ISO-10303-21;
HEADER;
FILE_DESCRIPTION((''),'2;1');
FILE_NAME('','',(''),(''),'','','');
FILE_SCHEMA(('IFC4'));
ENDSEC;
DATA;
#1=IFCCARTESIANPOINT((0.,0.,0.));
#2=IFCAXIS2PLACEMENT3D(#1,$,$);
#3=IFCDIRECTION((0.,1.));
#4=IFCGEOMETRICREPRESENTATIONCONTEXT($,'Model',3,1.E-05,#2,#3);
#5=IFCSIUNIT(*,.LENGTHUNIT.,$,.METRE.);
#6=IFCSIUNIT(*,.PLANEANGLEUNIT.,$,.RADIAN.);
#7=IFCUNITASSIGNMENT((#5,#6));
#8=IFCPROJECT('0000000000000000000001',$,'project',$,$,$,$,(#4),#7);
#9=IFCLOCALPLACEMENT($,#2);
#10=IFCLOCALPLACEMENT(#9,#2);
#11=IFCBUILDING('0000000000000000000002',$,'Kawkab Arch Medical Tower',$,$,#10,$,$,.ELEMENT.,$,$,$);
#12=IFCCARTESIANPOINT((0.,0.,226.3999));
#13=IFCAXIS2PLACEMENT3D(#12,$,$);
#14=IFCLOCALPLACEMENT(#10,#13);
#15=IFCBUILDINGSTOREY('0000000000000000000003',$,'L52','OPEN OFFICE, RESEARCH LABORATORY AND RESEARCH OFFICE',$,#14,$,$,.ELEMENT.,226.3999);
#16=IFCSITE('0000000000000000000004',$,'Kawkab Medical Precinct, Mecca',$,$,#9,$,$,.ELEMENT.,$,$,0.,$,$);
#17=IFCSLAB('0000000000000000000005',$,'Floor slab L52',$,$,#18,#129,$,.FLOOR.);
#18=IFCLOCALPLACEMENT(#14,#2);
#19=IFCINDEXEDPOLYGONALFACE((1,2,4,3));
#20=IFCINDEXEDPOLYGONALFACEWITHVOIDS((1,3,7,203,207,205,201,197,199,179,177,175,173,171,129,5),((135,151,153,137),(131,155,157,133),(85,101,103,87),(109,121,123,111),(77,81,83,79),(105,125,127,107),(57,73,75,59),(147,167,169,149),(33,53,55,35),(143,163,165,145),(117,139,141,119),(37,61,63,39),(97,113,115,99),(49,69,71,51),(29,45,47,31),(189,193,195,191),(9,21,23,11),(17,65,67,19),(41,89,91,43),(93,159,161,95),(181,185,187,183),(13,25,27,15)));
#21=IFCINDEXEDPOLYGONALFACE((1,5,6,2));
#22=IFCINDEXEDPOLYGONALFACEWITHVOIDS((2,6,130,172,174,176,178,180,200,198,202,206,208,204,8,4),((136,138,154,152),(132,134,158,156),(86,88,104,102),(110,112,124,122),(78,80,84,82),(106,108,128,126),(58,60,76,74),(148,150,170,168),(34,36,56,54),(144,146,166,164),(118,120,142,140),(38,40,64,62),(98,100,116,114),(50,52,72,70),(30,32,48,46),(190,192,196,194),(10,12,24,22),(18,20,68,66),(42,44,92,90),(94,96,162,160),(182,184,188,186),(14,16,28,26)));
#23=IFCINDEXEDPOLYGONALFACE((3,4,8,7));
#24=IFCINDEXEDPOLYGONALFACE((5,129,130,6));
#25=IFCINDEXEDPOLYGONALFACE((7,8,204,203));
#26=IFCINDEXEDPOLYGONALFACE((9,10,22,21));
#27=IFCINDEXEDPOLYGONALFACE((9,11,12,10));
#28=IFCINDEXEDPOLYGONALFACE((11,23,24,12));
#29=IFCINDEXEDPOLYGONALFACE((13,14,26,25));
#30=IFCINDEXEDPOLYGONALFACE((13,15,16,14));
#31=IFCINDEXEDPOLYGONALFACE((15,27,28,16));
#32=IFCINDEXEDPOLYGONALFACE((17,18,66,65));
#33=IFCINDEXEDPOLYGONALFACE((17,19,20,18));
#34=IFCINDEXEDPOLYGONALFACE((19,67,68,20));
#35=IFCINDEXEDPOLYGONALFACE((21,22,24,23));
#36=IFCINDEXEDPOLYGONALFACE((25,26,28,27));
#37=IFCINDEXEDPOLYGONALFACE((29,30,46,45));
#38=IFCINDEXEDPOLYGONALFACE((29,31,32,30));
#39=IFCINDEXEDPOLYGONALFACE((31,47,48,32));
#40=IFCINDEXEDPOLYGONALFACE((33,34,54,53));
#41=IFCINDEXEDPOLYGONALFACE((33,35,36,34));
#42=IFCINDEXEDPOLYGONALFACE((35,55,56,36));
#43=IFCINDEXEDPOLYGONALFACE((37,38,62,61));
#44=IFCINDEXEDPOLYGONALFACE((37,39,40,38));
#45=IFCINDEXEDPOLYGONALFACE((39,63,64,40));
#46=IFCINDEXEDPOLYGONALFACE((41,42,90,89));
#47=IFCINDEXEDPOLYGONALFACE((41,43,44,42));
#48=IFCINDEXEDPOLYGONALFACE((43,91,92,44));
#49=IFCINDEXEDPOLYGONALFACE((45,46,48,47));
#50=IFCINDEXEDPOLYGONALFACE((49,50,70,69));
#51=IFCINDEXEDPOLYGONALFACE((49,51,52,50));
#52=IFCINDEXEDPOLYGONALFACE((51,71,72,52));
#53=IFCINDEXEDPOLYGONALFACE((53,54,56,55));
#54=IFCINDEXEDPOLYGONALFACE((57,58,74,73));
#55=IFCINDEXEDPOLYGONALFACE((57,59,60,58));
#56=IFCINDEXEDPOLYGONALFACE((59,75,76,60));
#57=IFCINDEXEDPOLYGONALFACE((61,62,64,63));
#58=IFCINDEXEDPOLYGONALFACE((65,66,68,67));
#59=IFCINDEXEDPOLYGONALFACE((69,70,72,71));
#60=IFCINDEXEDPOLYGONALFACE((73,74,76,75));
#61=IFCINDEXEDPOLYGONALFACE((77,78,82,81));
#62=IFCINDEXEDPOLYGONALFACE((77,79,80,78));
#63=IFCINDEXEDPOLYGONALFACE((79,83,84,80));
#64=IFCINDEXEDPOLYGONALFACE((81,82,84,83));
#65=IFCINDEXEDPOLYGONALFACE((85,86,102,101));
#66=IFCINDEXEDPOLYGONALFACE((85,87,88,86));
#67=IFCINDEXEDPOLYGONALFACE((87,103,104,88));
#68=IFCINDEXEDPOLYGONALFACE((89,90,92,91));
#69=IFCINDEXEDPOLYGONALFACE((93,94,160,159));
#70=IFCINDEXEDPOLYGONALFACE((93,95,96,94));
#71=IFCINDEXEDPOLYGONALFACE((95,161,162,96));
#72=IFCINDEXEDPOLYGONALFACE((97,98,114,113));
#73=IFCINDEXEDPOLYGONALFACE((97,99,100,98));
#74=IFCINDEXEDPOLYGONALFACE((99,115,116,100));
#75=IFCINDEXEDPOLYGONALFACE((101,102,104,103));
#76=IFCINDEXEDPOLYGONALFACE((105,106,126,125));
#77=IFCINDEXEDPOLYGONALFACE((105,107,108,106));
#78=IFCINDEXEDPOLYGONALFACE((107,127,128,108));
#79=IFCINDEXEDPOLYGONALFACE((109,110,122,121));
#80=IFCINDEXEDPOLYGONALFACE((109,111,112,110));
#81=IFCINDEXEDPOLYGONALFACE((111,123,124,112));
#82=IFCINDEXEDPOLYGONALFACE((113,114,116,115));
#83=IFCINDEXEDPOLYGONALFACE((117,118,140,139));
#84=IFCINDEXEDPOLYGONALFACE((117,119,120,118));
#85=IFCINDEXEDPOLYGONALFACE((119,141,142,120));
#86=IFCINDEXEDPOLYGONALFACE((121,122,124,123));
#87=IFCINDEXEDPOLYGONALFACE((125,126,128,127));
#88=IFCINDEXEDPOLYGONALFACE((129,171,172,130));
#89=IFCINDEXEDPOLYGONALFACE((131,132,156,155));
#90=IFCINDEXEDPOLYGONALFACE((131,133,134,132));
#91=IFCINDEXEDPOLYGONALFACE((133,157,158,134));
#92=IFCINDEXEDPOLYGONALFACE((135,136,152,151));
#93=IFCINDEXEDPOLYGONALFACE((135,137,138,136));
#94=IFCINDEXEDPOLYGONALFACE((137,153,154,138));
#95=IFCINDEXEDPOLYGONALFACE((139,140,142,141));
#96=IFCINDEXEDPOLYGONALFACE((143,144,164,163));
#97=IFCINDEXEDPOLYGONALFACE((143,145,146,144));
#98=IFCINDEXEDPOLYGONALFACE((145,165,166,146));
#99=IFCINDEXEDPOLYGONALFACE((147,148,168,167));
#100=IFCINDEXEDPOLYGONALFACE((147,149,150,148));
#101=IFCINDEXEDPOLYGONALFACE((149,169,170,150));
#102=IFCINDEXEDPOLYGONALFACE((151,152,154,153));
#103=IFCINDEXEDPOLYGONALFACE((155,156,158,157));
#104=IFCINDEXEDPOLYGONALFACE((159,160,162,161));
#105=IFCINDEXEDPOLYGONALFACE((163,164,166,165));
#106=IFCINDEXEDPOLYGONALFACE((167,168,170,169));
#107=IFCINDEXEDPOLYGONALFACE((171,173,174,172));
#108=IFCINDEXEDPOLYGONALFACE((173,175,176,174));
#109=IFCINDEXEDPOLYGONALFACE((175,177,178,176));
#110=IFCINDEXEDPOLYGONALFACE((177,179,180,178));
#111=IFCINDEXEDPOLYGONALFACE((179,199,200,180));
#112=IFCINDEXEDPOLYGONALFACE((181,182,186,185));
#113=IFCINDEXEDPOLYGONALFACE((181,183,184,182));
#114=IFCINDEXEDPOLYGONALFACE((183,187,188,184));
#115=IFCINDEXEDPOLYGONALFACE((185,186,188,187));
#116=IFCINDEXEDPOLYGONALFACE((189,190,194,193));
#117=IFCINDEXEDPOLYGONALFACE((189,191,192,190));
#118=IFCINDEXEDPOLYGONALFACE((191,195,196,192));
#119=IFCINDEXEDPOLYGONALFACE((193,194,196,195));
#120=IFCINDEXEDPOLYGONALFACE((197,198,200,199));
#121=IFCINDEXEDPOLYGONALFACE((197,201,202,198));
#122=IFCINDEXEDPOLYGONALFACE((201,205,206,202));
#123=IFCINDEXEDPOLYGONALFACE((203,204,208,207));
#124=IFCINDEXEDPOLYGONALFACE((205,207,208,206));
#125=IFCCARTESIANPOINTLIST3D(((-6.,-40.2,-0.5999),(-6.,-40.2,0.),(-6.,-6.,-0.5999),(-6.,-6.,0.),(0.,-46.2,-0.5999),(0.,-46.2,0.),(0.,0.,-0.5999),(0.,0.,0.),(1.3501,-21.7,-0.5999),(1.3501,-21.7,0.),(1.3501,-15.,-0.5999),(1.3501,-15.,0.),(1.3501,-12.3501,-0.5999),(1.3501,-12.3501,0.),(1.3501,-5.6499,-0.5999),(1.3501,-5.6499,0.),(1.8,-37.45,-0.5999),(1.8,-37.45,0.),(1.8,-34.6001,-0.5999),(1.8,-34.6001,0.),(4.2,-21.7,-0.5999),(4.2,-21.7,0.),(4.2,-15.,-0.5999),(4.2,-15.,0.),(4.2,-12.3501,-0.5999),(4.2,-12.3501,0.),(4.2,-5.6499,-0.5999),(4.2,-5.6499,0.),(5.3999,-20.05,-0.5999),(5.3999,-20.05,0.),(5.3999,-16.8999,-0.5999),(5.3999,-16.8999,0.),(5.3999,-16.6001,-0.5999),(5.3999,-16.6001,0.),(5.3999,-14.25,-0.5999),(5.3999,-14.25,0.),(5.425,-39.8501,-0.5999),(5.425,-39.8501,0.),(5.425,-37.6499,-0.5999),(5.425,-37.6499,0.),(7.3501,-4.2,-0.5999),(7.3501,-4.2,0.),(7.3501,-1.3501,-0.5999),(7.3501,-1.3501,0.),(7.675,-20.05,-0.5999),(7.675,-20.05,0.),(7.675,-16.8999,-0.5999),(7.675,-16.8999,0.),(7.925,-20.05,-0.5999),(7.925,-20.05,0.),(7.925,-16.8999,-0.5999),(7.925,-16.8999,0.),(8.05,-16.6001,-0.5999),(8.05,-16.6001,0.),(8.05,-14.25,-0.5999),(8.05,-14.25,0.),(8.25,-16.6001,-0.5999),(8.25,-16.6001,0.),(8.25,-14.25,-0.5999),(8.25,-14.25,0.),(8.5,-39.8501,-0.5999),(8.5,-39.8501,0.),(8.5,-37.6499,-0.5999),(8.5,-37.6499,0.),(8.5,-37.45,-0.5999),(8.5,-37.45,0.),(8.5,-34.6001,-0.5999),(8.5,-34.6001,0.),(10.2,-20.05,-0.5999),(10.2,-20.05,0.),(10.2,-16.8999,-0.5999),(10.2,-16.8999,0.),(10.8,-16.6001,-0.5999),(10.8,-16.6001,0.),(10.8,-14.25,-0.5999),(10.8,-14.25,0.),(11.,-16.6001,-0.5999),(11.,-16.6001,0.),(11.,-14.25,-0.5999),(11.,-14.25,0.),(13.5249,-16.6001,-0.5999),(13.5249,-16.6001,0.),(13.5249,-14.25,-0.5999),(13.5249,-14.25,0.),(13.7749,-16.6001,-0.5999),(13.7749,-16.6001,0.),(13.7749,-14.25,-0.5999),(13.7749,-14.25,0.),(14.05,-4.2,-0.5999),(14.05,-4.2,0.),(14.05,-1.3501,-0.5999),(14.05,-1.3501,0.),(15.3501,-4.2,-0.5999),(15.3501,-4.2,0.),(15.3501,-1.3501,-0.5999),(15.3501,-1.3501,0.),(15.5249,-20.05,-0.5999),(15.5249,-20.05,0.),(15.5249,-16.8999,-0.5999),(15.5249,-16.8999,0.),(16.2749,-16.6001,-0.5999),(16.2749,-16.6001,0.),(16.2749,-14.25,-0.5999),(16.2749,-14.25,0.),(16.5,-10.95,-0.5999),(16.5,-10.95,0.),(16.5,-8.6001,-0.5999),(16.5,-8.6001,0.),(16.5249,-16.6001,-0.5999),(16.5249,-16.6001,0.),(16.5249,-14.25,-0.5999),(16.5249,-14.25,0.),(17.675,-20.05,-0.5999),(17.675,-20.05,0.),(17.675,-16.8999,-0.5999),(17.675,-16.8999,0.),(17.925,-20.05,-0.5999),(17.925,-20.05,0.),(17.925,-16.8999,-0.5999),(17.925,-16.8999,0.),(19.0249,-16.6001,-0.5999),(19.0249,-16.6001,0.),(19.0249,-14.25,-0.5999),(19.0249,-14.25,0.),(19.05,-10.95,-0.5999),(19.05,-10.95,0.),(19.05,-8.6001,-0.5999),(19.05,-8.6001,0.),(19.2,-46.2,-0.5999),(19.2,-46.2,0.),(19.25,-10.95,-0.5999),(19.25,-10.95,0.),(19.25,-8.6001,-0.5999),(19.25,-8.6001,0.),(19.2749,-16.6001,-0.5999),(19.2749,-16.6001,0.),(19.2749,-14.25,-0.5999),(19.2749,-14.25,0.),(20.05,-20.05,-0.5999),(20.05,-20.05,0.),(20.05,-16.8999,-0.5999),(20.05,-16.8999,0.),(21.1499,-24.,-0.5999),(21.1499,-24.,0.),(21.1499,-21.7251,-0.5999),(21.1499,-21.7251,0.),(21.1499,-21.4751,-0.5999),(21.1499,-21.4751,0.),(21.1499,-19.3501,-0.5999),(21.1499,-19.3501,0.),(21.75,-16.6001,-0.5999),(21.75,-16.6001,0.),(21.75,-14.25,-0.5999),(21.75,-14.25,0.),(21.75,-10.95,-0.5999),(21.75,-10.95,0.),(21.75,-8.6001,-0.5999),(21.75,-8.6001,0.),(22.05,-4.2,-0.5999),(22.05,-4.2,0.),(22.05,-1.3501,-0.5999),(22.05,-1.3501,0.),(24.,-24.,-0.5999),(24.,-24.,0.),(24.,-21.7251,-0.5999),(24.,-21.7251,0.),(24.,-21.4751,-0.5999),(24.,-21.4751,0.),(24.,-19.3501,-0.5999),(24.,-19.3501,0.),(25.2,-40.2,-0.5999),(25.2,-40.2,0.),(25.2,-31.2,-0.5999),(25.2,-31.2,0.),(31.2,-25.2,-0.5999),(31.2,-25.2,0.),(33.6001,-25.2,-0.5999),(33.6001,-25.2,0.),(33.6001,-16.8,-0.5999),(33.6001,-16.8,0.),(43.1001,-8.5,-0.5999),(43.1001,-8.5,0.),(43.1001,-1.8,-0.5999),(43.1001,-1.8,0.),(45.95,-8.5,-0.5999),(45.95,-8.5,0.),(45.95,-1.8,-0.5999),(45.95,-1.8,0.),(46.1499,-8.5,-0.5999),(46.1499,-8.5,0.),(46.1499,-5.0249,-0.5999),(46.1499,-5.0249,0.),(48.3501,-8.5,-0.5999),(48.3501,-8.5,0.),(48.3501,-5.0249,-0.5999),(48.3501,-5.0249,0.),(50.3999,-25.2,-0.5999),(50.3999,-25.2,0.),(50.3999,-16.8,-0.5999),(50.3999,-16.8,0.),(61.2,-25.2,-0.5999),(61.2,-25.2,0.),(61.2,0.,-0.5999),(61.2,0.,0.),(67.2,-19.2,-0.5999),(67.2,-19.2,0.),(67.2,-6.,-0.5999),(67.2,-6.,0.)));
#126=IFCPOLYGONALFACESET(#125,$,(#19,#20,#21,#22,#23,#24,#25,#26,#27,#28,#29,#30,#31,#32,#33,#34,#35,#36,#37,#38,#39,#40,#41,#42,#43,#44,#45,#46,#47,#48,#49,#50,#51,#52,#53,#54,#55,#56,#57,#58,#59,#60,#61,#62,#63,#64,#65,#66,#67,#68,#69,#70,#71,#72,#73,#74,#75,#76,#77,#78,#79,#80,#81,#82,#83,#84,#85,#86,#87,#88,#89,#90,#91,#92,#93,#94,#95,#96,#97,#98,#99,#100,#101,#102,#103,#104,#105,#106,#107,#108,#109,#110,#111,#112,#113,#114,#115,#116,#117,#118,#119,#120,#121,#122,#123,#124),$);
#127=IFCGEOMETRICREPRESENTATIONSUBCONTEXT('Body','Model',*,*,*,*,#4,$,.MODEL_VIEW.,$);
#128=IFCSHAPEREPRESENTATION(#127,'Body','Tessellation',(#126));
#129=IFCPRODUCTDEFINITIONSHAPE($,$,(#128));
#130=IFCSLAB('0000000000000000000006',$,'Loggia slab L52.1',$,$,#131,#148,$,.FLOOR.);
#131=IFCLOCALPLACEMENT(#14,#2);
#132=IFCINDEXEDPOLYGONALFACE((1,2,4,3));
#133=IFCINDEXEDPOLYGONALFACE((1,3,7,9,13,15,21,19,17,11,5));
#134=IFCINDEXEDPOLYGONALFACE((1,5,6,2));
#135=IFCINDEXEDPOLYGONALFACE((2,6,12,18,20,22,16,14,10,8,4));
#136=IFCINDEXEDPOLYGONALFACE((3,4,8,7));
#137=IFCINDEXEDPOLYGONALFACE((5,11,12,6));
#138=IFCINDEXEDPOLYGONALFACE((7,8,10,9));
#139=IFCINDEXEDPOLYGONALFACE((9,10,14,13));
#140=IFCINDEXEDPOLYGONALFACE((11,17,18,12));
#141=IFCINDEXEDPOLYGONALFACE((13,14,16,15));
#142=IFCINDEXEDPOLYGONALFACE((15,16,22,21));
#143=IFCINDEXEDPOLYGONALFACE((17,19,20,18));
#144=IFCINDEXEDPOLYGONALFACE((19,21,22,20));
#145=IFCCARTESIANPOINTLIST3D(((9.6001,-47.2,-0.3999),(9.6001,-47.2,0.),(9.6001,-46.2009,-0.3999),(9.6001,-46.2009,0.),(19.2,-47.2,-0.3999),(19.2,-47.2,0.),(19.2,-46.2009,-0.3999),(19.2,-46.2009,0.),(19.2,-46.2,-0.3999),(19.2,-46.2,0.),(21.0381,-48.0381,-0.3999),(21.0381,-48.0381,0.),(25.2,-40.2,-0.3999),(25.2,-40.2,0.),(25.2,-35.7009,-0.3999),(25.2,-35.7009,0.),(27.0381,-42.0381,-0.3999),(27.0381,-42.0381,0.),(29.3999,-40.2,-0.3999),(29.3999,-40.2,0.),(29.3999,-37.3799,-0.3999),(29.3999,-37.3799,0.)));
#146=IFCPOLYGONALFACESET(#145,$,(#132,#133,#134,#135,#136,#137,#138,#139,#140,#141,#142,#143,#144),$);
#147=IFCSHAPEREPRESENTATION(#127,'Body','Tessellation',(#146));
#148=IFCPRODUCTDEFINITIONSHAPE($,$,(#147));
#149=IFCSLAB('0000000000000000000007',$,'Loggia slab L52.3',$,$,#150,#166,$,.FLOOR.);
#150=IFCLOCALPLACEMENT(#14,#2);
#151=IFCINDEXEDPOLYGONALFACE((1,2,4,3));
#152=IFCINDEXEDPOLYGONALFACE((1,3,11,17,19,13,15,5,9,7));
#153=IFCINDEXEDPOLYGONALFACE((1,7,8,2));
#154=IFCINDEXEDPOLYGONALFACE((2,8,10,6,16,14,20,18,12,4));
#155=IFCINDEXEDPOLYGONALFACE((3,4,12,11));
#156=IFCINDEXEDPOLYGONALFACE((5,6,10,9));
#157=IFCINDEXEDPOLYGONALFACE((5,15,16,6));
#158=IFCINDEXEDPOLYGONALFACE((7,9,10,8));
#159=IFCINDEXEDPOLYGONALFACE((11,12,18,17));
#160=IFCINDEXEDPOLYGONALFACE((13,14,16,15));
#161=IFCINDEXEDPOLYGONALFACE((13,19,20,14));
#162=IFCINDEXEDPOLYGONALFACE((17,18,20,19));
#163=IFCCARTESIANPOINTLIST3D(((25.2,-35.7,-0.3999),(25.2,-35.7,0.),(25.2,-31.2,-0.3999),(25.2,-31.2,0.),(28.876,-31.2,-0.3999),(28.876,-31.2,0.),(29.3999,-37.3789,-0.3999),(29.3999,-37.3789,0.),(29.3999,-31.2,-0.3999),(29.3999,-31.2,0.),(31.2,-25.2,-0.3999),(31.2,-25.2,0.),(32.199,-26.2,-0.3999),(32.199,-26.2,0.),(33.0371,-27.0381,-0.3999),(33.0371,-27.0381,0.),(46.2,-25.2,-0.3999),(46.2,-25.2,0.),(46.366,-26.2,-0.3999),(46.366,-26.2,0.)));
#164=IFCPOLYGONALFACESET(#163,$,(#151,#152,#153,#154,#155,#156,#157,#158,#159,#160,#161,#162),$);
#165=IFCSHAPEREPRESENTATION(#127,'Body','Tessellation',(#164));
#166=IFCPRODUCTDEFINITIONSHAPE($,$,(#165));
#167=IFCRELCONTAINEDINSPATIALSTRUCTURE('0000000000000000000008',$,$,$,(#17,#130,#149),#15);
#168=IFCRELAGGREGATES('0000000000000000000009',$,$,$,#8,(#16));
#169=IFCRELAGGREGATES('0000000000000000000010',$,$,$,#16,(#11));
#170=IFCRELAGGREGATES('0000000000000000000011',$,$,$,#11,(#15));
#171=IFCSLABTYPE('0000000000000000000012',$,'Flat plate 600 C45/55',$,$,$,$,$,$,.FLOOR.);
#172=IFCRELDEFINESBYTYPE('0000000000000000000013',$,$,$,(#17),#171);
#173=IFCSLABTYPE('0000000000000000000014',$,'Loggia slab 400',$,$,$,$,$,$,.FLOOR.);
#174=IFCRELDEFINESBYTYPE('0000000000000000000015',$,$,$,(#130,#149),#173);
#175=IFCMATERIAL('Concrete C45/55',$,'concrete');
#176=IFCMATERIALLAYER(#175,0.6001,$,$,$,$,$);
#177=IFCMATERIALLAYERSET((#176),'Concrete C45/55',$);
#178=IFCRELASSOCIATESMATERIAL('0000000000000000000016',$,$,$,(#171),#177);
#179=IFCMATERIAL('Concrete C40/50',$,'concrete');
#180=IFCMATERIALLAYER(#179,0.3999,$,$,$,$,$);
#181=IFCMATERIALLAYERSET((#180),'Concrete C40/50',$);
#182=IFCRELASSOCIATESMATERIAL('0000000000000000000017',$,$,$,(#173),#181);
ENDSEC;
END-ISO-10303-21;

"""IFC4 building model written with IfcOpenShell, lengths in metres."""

from ifc_helpers import new_model, si_unit, direction, frame, origin, place, context, subcontext, project, spatial, polyline, outline, extrude, material, layer, layer_set, type_object, element, save


model = new_model("IFC4")

# Units and contexts
model_context = context("Model", 3, precision=1e-05, world=origin(), true_north=direction((0.0, 1.0)))
body_context = subcontext(model_context, "Body", "Model", "MODEL_VIEW")
ifc_project = project(units=[si_unit("LENGTHUNIT", "METRE"), si_unit("PLANEANGLEUNIT", "RADIAN")], contexts=[model_context])

# Site, building, storey
site_placement = place(None, origin())
site = spatial("IfcSite", under=ifc_project, at=site_placement, Name="Kawkab Medical Precinct, Mecca", CompositionType="ELEMENT", RefElevation=0.0)
building_placement = place(site_placement, origin())
building = spatial("IfcBuilding", under=site, at=building_placement, Name="Kawkab Arch Medical Tower", CompositionType="ELEMENT")
storey_placement = place(building_placement, frame((0.0, 0.0, 226.3999)))
storey = spatial("IfcBuildingStorey", under=building, at=storey_placement, Name="L52", Description="OPEN OFFICE, RESEARCH LABORATORY AND RESEARCH OFFICE", CompositionType="ELEMENT", Elevation=226.3999)

# Slabs
ifc_material_1 = material(Name="Concrete C45/55", Category="concrete")
ifc_layer_1 = layer(ifc_material_1, 0.6001)
ifc_layer_set_1 = layer_set([ifc_layer_1], Name="Concrete C45/55")
slab_type_1 = type_object("IfcSlabType", Name="Flat plate 600 C45/55", PredefinedType="FLOOR", material=ifc_layer_set_1)
slab_1_placement = place(storey_placement, frame((0.0, 0.0, -0.5999)))
element("IfcSlab", 1, at=slab_1_placement, inside=storey, type_object=slab_type_1, Name="Floor slab L52", PredefinedType="FLOOR", context=body_context, shape_type="SweptSolid", body=[
    extrude(outline(polyline([(25.2, -31.2), (25.2, -40.2), (19.2, -46.2), (0.0, -46.2), (-6.0, -40.2), (-6.0, -6.0), (0.0, 0.0), (61.2, 0.0), (67.2, -6.0), (67.2, -19.2), (61.2, -25.2), (50.3999, -25.2), (50.3999, -16.8), (33.6001, -16.8), (33.6001, -25.2), (31.2, -25.2), (25.2, -31.2)]), holes=[polyline([(5.425, -37.6499), (5.425, -39.8501), (8.5, -39.8501), (8.5, -37.6499), (5.425, -37.6499)]), polyline([(8.5, -37.45), (8.5, -34.6001), (1.8, -34.6001), (1.8, -37.45), (8.5, -37.45)]), polyline([(5.3999, -20.05), (7.675, -20.05), (7.675, -16.8999), (5.3999, -16.8999), (5.3999, -20.05)]), polyline([(10.2, -20.05), (10.2, -16.8999), (7.925, -16.8999), (7.925, -20.05), (10.2, -20.05)]), polyline([(4.2, -21.7), (4.2, -15.0), (1.3501, -15.0), (1.3501, -21.7), (4.2, -21.7)]), polyline([(5.3999, -16.6001), (8.05, -16.6001), (8.05, -14.25), (5.3999, -14.25), (5.3999, -16.6001)]), polyline([(8.25, -16.6001), (10.8, -16.6001), (10.8, -14.25), (8.25, -14.25), (8.25, -16.6001)]), polyline([(11.0, -14.25), (11.0, -16.6001), (13.5249, -16.6001), (13.5249, -14.25), (11.0, -14.25)]), polyline([(13.7749, -16.6001), (16.2749, -16.6001), (16.2749, -14.25), (13.7749, -14.25), (13.7749, -16.6001)]), polyline([(4.2, -12.3501), (4.2, -5.6499), (1.3501, -5.6499), (1.3501, -12.3501), (4.2, -12.3501)]), polyline([(7.3501, -4.2), (14.05, -4.2), (14.05, -1.3501), (7.3501, -1.3501), (7.3501, -4.2)]), polyline([(24.0, -21.7251), (21.1499, -21.7251), (21.1499, -24.0), (24.0, -24.0), (24.0, -21.7251)]), polyline([(24.0, -19.3501), (21.1499, -19.3501), (21.1499, -21.4751), (24.0, -21.4751), (24.0, -19.3501)]), polyline([(17.675, -16.8999), (15.5249, -16.8999), (15.5249, -20.05), (17.675, -20.05), (17.675, -16.8999)]), polyline([(20.05, -20.05), (20.05, -16.8999), (17.925, -16.8999), (17.925, -20.05), (20.05, -20.05)]), polyline([(19.0249, -16.6001), (19.0249, -14.25), (16.5249, -14.25), (16.5249, -16.6001), (19.0249, -16.6001)]), polyline([(21.75, -16.6001), (21.75, -14.25), (19.2749, -14.25), (19.2749, -16.6001), (21.75, -16.6001)]), polyline([(19.05, -8.6001), (16.5, -8.6001), (16.5, -10.95), (19.05, -10.95), (19.05, -8.6001)]), polyline([(21.75, -10.95), (21.75, -8.6001), (19.25, -8.6001), (19.25, -10.95), (21.75, -10.95)]), polyline([(46.1499, -8.5), (48.3501, -8.5), (48.3501, -5.0249), (46.1499, -5.0249), (46.1499, -8.5)]), polyline([(43.1001, -1.8), (43.1001, -8.5), (45.95, -8.5), (45.95, -1.8), (43.1001, -1.8)]), polyline([(22.05, -1.3501), (15.3501, -1.3501), (15.3501, -4.2), (22.05, -4.2), (22.05, -1.3501)])]), origin(), (0.0, 0.0, 1.0), 0.5999),
])
ifc_material_2 = material(Name="Concrete C40/50", Category="concrete")
ifc_layer_2 = layer(ifc_material_2, 0.3999)
ifc_layer_set_2 = layer_set([ifc_layer_2], Name="Concrete C40/50")
slab_type_2 = type_object("IfcSlabType", Name="Loggia slab 400", PredefinedType="FLOOR", material=ifc_layer_set_2)
placement_1 = place(storey_placement, frame((0.0, 0.0, -0.3999)))
element("IfcSlab", 2, at=placement_1, inside=storey, type_object=slab_type_2, Name="Loggia slab L52.1", PredefinedType="FLOOR", context=body_context, shape_type="SweptSolid", body=[
    extrude(outline(polyline([(19.2, -47.2), (9.6001, -47.2), (9.6001, -46.2009), (19.2, -46.2009), (19.2, -46.2), (25.2, -40.2), (25.2, -35.7009), (29.3999, -37.3799), (29.3999, -40.2), (27.0381, -42.0381), (21.0381, -48.0381), (19.2, -47.2)])), origin(), (0.0, 0.0, 1.0), 0.3999),
])
element("IfcSlab", 3, at=placement_1, inside=storey, type_object=slab_type_2, Name="Loggia slab L52.3", PredefinedType="FLOOR", context=body_context, shape_type="SweptSolid", body=[
    extrude(outline(polyline([(33.0371, -27.0381), (28.876, -31.2), (29.3999, -31.2), (29.3999, -37.3789), (25.2, -35.7), (25.2, -31.2), (31.2, -25.2), (46.2, -25.2), (46.366, -26.2), (32.199, -26.2), (33.0371, -27.0381)])), origin(), (0.0, 0.0, 1.0), 0.3999),
])

save(model, "model.ifc")
